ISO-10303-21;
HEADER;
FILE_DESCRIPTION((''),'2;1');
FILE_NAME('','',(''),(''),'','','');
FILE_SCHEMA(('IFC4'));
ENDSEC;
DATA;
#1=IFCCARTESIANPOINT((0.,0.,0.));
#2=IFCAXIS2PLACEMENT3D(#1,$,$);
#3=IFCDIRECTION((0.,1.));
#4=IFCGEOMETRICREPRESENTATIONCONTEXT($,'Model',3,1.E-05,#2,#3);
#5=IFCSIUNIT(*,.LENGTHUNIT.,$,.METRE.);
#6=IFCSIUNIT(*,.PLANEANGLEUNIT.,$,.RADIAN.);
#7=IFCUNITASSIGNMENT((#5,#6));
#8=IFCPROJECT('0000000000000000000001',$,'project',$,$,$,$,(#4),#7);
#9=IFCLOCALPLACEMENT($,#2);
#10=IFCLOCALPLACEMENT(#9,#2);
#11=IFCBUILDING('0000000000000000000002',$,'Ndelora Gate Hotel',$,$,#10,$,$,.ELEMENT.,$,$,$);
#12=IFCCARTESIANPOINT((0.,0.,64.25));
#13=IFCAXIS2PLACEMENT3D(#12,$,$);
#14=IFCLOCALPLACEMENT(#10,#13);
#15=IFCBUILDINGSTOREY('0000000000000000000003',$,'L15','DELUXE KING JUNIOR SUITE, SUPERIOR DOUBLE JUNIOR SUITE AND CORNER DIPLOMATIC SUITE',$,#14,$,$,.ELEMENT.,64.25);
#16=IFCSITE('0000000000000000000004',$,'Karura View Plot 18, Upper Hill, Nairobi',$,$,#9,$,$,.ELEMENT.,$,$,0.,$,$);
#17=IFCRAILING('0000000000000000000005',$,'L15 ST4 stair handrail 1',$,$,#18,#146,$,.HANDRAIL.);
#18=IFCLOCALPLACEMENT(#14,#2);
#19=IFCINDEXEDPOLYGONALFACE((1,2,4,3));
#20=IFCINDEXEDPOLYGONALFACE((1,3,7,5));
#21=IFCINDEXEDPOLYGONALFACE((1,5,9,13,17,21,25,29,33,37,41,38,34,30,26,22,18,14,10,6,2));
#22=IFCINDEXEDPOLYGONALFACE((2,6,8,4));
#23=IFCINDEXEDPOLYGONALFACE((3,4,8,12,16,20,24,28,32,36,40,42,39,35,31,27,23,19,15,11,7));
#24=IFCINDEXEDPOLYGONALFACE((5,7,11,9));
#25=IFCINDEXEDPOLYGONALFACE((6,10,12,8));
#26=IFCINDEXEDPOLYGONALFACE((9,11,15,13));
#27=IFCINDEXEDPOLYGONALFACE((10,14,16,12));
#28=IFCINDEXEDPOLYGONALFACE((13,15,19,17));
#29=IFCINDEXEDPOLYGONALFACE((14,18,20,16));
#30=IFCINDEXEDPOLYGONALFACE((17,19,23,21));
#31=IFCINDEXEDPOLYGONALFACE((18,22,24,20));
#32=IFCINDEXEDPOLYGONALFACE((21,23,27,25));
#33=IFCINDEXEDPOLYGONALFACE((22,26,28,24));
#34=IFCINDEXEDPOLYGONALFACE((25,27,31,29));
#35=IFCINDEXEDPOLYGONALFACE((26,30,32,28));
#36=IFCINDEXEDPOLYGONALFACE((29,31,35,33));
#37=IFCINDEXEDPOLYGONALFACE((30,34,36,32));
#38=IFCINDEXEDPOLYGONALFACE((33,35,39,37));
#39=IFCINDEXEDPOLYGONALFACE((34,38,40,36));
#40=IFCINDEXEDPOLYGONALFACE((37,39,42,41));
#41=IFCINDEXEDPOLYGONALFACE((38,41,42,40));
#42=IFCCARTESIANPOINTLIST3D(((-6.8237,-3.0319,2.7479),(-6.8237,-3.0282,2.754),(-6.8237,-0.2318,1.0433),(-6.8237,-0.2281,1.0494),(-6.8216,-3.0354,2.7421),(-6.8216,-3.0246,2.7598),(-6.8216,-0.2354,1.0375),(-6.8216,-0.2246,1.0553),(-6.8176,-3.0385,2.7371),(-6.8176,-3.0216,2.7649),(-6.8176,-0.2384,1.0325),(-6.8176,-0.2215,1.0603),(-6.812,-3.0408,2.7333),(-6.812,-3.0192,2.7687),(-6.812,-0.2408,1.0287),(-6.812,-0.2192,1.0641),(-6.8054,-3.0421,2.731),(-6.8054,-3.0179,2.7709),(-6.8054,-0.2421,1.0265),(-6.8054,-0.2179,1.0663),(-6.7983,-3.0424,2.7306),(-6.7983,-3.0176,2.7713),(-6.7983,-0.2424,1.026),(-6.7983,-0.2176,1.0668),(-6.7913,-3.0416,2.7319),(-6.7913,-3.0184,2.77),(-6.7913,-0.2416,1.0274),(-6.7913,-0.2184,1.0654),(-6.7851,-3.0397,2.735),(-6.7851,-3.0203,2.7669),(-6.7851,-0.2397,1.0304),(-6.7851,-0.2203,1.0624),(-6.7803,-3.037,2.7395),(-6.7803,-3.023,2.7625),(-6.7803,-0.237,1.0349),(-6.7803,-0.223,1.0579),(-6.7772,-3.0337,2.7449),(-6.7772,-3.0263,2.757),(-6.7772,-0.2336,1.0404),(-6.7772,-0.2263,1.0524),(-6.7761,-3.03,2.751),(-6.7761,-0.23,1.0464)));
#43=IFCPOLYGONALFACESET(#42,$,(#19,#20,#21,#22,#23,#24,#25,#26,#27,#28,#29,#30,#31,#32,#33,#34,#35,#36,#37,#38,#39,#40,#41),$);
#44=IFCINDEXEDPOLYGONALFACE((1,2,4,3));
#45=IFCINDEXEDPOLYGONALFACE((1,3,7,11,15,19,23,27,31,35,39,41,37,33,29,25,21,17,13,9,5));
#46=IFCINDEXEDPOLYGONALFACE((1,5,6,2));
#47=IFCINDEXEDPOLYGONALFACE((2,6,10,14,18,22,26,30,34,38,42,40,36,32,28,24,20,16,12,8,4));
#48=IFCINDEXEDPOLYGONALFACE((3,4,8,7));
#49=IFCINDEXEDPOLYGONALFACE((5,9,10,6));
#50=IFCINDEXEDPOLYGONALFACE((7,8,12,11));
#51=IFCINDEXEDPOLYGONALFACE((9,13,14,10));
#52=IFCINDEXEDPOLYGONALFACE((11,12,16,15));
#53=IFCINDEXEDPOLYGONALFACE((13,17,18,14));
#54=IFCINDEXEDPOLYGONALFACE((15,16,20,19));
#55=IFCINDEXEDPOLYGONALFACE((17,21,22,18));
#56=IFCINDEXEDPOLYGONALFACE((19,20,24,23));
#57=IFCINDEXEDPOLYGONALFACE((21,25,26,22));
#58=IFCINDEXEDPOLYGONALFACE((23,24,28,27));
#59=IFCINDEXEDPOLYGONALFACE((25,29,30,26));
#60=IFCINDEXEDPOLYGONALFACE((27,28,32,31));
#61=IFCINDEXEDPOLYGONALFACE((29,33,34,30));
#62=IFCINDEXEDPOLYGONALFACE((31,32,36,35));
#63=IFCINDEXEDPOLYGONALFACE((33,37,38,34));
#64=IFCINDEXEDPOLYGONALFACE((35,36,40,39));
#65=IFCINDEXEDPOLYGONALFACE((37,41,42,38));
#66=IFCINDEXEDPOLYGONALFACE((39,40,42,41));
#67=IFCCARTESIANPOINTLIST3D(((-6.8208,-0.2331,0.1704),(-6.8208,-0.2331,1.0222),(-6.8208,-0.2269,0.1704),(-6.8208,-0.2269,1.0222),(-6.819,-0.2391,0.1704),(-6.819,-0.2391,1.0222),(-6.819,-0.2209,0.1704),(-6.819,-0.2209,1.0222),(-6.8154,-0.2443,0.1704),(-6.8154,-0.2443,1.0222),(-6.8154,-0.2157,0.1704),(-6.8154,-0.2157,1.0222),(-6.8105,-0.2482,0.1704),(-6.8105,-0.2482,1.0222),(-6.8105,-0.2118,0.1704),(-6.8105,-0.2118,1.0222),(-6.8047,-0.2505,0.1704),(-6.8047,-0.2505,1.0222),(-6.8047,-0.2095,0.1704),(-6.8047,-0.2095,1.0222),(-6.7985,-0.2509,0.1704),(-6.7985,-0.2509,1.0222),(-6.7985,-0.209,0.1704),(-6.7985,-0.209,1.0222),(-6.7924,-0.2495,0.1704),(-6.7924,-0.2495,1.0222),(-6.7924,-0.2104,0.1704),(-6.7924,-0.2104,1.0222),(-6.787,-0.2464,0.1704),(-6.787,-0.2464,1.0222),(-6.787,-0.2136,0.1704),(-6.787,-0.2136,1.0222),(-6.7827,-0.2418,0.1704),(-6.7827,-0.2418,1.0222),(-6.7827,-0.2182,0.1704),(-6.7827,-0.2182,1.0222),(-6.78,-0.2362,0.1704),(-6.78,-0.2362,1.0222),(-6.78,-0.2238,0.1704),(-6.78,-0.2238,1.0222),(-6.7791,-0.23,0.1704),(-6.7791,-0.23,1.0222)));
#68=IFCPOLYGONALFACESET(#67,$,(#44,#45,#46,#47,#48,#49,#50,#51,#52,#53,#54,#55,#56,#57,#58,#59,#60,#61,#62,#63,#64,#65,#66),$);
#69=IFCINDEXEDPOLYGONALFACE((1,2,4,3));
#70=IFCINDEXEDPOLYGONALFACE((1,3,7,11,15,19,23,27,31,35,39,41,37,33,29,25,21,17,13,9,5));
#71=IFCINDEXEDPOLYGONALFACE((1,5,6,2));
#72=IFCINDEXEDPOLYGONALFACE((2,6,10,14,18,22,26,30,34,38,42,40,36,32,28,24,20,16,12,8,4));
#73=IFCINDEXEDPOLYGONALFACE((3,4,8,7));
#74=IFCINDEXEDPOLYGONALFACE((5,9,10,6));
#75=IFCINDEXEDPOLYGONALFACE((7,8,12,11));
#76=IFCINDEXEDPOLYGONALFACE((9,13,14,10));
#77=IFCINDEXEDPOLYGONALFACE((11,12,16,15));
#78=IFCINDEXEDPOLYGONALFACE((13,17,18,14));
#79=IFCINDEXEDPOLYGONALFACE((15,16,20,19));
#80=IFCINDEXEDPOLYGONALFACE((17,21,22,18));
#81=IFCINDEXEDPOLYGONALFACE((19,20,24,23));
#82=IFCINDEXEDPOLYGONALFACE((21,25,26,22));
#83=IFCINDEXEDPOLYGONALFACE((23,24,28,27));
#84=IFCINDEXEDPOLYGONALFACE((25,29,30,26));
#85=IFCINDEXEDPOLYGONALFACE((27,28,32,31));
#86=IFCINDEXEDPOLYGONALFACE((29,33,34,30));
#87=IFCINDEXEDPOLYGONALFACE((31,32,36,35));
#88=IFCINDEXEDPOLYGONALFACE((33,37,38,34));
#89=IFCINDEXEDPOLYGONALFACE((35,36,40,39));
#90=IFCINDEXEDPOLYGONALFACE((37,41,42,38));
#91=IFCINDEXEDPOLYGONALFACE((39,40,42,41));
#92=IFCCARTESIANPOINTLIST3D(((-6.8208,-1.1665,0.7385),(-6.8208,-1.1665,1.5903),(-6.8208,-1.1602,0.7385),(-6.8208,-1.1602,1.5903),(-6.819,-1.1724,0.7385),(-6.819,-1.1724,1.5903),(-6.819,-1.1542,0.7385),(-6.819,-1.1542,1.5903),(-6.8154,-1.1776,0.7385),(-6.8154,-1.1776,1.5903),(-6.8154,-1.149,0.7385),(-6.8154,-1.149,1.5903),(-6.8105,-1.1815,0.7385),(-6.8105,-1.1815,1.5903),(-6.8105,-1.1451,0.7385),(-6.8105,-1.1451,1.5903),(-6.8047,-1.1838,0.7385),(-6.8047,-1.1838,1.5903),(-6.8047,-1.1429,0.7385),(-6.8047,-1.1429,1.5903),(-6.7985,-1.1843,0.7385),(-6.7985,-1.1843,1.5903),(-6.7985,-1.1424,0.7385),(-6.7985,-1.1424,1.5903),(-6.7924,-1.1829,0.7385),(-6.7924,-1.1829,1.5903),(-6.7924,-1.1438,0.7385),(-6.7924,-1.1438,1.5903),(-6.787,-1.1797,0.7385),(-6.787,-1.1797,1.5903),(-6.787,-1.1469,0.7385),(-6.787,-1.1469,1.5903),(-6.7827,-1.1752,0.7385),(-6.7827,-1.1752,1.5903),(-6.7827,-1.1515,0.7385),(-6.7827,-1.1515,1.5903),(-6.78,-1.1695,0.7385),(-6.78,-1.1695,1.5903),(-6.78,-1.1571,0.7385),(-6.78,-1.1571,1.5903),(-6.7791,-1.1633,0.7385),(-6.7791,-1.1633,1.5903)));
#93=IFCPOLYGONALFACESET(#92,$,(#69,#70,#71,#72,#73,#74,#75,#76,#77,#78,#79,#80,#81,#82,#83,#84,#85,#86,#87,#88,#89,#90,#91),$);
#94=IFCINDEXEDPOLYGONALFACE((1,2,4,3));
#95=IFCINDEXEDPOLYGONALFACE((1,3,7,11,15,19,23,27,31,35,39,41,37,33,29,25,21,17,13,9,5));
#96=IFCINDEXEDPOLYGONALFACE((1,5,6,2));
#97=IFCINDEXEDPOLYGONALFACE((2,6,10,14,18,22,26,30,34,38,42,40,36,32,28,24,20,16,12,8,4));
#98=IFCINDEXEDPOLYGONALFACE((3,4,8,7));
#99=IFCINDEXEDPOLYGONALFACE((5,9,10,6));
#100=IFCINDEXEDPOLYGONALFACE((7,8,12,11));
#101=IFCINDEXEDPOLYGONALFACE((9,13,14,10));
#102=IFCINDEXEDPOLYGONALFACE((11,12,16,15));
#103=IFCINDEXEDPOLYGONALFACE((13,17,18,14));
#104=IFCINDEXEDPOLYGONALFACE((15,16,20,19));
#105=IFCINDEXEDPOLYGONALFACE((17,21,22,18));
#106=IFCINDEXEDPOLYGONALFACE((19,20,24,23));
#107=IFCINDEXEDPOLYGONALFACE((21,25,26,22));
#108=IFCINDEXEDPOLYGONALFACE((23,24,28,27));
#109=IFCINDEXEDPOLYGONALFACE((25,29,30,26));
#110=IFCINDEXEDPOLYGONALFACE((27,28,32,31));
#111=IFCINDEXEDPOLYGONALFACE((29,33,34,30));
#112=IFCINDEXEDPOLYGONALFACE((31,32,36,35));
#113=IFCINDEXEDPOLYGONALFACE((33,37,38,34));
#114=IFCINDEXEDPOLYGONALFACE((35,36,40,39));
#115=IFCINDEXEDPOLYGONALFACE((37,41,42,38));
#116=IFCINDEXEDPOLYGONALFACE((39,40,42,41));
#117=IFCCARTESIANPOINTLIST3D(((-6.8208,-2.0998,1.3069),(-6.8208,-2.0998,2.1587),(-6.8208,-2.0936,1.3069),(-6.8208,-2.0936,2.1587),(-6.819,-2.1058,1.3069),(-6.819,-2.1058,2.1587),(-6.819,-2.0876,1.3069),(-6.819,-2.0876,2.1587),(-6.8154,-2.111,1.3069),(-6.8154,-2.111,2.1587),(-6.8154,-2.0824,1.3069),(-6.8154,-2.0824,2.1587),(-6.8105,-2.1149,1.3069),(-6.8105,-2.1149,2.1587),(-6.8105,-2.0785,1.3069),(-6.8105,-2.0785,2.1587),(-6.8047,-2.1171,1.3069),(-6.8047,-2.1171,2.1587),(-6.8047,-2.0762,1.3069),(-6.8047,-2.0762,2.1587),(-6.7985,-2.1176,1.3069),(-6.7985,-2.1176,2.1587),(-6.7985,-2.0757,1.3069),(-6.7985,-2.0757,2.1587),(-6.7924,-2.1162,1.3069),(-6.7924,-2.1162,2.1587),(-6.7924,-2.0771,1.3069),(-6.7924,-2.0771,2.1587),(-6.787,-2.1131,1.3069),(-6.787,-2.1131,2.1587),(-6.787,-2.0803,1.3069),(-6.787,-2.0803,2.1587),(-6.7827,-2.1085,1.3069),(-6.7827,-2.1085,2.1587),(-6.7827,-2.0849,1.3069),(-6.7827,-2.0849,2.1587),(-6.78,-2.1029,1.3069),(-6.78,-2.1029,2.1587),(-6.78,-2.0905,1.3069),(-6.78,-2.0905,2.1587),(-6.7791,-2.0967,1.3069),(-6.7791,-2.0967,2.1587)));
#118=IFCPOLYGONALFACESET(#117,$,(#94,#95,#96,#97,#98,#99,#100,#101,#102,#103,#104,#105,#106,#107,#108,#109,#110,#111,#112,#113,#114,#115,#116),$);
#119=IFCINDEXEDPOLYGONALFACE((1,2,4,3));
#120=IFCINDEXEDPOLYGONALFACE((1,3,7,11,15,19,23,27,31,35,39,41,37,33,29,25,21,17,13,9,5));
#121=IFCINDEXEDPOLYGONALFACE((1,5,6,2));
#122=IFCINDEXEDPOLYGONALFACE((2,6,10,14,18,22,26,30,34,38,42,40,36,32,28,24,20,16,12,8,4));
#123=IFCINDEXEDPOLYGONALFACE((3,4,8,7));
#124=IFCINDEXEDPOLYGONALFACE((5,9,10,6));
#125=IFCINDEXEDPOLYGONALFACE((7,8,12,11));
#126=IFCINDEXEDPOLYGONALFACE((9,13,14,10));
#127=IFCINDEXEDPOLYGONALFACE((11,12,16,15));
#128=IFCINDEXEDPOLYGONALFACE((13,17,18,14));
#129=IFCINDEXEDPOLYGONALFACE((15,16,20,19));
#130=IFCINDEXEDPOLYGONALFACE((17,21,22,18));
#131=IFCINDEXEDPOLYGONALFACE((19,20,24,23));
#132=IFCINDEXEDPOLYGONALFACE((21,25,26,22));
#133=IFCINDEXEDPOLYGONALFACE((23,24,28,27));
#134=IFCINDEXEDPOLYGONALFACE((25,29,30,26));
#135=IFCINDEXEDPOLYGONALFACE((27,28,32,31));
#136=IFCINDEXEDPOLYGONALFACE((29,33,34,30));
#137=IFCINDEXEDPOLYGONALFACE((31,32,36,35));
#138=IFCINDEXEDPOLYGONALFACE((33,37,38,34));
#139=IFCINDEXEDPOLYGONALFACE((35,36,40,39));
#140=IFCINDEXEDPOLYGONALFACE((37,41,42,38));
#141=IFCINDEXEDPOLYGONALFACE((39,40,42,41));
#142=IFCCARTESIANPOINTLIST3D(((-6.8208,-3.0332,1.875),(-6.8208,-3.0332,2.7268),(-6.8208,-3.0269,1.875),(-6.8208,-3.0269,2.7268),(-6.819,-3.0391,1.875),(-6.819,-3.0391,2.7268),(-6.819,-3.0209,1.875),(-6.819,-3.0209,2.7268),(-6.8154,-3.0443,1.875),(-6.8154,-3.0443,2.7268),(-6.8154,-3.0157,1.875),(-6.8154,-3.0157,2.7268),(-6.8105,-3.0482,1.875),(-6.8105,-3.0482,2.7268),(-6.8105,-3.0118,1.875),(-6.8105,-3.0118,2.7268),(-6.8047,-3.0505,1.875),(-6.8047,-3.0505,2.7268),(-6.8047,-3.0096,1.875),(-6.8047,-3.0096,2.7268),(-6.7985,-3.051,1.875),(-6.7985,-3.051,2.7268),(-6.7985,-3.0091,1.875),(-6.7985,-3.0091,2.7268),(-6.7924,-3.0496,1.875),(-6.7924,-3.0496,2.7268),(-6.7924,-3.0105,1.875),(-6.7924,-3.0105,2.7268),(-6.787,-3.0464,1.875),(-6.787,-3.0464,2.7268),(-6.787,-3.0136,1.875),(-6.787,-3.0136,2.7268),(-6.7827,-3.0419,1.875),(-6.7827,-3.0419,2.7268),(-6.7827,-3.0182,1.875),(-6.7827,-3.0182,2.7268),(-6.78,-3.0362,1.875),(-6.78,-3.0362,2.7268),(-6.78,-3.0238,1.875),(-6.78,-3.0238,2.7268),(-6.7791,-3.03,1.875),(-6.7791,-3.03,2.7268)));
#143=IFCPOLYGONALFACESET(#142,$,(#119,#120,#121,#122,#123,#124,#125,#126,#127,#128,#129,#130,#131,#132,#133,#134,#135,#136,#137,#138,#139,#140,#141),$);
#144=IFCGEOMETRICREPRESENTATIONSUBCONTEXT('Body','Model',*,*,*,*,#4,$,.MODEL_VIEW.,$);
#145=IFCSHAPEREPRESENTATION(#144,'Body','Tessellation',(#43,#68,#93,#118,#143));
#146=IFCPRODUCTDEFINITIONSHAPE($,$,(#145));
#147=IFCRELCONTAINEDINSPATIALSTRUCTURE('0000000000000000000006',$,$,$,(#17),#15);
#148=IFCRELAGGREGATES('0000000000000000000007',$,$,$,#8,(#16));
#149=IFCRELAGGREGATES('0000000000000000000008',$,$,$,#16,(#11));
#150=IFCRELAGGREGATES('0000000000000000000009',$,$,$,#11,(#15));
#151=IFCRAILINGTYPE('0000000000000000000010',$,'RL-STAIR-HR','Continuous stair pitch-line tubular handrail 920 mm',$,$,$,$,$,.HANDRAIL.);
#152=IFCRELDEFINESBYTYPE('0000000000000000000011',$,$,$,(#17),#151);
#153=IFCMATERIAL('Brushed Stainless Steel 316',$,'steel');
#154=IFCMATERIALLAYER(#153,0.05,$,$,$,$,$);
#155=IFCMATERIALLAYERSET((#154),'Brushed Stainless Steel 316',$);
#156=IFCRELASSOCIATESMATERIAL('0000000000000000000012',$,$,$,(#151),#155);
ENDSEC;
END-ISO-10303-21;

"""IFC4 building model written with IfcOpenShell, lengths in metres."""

from ifc_helpers import new_model, si_unit, direction, frame, origin, origin_2d, place, context, subcontext, project, spatial, circle, extrude, material, layer, layer_set, type_object, element, save


model = new_model("IFC4")

# Units and contexts
model_context = context("Model", 3, precision=1e-05, world=origin(), true_north=direction((0.0, 1.0)))
body_context = subcontext(model_context, "Body", "Model", "MODEL_VIEW")
ifc_project = project(units=[si_unit("LENGTHUNIT", "METRE"), si_unit("PLANEANGLEUNIT", "RADIAN")], contexts=[model_context])

# Site, building, storey
site_placement = place(None, origin())
site = spatial("IfcSite", under=ifc_project, at=site_placement, Name="Karura View Plot 18, Upper Hill, Nairobi", CompositionType="ELEMENT", RefElevation=0.0)
building_placement = place(site_placement, origin())
building = spatial("IfcBuilding", under=site, at=building_placement, Name="Ndelora Gate Hotel", CompositionType="ELEMENT")
storey_placement = place(building_placement, frame((0.0, 0.0, 64.25)))
storey = spatial("IfcBuildingStorey", under=building, at=storey_placement, Name="L15", Description="DELUXE KING JUNIOR SUITE, SUPERIOR DOUBLE JUNIOR SUITE AND CORNER DIPLOMATIC SUITE", CompositionType="ELEMENT", Elevation=64.25)

# Railing
ifc_material_1 = material(Name="Brushed Stainless Steel 316", Category="steel")
ifc_layer_1 = layer(ifc_material_1, 0.05)
ifc_layer_set_1 = layer_set([ifc_layer_1], Name="Brushed Stainless Steel 316")
railing_type_1 = type_object("IfcRailingType", Name="RL-STAIR-HR", Description="Continuous stair pitch-line tubular handrail 920 mm", PredefinedType="HANDRAIL", material=ifc_layer_set_1)
railing_1_placement = place(storey_placement, frame((-6.8, -0.23, 0.1704)))
element("IfcRailing", 1, at=railing_1_placement, inside=storey, type_object=railing_type_1, Name="L15 ST4 stair handrail 1", PredefinedType="HANDRAIL", context=body_context, shape_type="SweptSolid", body=[
    extrude(circle(Radius=0.0239, at=origin_2d()), frame((0.0, 0.0, 0.876), z_axis=(0.0, -0.85417, 0.519994), x_axis=(1.0, 0.0, 0.0)), (0.0, 0.0, 1.0), 3.2781),
    extrude(circle(Radius=0.021, at=origin_2d()), origin(), (0.0, 0.0, 1.0), 0.8518),
    extrude(circle(Radius=0.021, at=origin_2d()), frame((0.0, -0.9333, 0.5681)), (0.0, 0.0, 1.0), 0.8518),
    extrude(circle(Radius=0.021, at=origin_2d()), frame((0.0, -1.8667, 1.1365)), (0.0, 0.0, 1.0), 0.8518),
    extrude(circle(Radius=0.021, at=origin_2d()), frame((0.0, -2.8, 1.7046)), (0.0, 0.0, 1.0), 0.8518),
])

save(model, "model.ifc")
